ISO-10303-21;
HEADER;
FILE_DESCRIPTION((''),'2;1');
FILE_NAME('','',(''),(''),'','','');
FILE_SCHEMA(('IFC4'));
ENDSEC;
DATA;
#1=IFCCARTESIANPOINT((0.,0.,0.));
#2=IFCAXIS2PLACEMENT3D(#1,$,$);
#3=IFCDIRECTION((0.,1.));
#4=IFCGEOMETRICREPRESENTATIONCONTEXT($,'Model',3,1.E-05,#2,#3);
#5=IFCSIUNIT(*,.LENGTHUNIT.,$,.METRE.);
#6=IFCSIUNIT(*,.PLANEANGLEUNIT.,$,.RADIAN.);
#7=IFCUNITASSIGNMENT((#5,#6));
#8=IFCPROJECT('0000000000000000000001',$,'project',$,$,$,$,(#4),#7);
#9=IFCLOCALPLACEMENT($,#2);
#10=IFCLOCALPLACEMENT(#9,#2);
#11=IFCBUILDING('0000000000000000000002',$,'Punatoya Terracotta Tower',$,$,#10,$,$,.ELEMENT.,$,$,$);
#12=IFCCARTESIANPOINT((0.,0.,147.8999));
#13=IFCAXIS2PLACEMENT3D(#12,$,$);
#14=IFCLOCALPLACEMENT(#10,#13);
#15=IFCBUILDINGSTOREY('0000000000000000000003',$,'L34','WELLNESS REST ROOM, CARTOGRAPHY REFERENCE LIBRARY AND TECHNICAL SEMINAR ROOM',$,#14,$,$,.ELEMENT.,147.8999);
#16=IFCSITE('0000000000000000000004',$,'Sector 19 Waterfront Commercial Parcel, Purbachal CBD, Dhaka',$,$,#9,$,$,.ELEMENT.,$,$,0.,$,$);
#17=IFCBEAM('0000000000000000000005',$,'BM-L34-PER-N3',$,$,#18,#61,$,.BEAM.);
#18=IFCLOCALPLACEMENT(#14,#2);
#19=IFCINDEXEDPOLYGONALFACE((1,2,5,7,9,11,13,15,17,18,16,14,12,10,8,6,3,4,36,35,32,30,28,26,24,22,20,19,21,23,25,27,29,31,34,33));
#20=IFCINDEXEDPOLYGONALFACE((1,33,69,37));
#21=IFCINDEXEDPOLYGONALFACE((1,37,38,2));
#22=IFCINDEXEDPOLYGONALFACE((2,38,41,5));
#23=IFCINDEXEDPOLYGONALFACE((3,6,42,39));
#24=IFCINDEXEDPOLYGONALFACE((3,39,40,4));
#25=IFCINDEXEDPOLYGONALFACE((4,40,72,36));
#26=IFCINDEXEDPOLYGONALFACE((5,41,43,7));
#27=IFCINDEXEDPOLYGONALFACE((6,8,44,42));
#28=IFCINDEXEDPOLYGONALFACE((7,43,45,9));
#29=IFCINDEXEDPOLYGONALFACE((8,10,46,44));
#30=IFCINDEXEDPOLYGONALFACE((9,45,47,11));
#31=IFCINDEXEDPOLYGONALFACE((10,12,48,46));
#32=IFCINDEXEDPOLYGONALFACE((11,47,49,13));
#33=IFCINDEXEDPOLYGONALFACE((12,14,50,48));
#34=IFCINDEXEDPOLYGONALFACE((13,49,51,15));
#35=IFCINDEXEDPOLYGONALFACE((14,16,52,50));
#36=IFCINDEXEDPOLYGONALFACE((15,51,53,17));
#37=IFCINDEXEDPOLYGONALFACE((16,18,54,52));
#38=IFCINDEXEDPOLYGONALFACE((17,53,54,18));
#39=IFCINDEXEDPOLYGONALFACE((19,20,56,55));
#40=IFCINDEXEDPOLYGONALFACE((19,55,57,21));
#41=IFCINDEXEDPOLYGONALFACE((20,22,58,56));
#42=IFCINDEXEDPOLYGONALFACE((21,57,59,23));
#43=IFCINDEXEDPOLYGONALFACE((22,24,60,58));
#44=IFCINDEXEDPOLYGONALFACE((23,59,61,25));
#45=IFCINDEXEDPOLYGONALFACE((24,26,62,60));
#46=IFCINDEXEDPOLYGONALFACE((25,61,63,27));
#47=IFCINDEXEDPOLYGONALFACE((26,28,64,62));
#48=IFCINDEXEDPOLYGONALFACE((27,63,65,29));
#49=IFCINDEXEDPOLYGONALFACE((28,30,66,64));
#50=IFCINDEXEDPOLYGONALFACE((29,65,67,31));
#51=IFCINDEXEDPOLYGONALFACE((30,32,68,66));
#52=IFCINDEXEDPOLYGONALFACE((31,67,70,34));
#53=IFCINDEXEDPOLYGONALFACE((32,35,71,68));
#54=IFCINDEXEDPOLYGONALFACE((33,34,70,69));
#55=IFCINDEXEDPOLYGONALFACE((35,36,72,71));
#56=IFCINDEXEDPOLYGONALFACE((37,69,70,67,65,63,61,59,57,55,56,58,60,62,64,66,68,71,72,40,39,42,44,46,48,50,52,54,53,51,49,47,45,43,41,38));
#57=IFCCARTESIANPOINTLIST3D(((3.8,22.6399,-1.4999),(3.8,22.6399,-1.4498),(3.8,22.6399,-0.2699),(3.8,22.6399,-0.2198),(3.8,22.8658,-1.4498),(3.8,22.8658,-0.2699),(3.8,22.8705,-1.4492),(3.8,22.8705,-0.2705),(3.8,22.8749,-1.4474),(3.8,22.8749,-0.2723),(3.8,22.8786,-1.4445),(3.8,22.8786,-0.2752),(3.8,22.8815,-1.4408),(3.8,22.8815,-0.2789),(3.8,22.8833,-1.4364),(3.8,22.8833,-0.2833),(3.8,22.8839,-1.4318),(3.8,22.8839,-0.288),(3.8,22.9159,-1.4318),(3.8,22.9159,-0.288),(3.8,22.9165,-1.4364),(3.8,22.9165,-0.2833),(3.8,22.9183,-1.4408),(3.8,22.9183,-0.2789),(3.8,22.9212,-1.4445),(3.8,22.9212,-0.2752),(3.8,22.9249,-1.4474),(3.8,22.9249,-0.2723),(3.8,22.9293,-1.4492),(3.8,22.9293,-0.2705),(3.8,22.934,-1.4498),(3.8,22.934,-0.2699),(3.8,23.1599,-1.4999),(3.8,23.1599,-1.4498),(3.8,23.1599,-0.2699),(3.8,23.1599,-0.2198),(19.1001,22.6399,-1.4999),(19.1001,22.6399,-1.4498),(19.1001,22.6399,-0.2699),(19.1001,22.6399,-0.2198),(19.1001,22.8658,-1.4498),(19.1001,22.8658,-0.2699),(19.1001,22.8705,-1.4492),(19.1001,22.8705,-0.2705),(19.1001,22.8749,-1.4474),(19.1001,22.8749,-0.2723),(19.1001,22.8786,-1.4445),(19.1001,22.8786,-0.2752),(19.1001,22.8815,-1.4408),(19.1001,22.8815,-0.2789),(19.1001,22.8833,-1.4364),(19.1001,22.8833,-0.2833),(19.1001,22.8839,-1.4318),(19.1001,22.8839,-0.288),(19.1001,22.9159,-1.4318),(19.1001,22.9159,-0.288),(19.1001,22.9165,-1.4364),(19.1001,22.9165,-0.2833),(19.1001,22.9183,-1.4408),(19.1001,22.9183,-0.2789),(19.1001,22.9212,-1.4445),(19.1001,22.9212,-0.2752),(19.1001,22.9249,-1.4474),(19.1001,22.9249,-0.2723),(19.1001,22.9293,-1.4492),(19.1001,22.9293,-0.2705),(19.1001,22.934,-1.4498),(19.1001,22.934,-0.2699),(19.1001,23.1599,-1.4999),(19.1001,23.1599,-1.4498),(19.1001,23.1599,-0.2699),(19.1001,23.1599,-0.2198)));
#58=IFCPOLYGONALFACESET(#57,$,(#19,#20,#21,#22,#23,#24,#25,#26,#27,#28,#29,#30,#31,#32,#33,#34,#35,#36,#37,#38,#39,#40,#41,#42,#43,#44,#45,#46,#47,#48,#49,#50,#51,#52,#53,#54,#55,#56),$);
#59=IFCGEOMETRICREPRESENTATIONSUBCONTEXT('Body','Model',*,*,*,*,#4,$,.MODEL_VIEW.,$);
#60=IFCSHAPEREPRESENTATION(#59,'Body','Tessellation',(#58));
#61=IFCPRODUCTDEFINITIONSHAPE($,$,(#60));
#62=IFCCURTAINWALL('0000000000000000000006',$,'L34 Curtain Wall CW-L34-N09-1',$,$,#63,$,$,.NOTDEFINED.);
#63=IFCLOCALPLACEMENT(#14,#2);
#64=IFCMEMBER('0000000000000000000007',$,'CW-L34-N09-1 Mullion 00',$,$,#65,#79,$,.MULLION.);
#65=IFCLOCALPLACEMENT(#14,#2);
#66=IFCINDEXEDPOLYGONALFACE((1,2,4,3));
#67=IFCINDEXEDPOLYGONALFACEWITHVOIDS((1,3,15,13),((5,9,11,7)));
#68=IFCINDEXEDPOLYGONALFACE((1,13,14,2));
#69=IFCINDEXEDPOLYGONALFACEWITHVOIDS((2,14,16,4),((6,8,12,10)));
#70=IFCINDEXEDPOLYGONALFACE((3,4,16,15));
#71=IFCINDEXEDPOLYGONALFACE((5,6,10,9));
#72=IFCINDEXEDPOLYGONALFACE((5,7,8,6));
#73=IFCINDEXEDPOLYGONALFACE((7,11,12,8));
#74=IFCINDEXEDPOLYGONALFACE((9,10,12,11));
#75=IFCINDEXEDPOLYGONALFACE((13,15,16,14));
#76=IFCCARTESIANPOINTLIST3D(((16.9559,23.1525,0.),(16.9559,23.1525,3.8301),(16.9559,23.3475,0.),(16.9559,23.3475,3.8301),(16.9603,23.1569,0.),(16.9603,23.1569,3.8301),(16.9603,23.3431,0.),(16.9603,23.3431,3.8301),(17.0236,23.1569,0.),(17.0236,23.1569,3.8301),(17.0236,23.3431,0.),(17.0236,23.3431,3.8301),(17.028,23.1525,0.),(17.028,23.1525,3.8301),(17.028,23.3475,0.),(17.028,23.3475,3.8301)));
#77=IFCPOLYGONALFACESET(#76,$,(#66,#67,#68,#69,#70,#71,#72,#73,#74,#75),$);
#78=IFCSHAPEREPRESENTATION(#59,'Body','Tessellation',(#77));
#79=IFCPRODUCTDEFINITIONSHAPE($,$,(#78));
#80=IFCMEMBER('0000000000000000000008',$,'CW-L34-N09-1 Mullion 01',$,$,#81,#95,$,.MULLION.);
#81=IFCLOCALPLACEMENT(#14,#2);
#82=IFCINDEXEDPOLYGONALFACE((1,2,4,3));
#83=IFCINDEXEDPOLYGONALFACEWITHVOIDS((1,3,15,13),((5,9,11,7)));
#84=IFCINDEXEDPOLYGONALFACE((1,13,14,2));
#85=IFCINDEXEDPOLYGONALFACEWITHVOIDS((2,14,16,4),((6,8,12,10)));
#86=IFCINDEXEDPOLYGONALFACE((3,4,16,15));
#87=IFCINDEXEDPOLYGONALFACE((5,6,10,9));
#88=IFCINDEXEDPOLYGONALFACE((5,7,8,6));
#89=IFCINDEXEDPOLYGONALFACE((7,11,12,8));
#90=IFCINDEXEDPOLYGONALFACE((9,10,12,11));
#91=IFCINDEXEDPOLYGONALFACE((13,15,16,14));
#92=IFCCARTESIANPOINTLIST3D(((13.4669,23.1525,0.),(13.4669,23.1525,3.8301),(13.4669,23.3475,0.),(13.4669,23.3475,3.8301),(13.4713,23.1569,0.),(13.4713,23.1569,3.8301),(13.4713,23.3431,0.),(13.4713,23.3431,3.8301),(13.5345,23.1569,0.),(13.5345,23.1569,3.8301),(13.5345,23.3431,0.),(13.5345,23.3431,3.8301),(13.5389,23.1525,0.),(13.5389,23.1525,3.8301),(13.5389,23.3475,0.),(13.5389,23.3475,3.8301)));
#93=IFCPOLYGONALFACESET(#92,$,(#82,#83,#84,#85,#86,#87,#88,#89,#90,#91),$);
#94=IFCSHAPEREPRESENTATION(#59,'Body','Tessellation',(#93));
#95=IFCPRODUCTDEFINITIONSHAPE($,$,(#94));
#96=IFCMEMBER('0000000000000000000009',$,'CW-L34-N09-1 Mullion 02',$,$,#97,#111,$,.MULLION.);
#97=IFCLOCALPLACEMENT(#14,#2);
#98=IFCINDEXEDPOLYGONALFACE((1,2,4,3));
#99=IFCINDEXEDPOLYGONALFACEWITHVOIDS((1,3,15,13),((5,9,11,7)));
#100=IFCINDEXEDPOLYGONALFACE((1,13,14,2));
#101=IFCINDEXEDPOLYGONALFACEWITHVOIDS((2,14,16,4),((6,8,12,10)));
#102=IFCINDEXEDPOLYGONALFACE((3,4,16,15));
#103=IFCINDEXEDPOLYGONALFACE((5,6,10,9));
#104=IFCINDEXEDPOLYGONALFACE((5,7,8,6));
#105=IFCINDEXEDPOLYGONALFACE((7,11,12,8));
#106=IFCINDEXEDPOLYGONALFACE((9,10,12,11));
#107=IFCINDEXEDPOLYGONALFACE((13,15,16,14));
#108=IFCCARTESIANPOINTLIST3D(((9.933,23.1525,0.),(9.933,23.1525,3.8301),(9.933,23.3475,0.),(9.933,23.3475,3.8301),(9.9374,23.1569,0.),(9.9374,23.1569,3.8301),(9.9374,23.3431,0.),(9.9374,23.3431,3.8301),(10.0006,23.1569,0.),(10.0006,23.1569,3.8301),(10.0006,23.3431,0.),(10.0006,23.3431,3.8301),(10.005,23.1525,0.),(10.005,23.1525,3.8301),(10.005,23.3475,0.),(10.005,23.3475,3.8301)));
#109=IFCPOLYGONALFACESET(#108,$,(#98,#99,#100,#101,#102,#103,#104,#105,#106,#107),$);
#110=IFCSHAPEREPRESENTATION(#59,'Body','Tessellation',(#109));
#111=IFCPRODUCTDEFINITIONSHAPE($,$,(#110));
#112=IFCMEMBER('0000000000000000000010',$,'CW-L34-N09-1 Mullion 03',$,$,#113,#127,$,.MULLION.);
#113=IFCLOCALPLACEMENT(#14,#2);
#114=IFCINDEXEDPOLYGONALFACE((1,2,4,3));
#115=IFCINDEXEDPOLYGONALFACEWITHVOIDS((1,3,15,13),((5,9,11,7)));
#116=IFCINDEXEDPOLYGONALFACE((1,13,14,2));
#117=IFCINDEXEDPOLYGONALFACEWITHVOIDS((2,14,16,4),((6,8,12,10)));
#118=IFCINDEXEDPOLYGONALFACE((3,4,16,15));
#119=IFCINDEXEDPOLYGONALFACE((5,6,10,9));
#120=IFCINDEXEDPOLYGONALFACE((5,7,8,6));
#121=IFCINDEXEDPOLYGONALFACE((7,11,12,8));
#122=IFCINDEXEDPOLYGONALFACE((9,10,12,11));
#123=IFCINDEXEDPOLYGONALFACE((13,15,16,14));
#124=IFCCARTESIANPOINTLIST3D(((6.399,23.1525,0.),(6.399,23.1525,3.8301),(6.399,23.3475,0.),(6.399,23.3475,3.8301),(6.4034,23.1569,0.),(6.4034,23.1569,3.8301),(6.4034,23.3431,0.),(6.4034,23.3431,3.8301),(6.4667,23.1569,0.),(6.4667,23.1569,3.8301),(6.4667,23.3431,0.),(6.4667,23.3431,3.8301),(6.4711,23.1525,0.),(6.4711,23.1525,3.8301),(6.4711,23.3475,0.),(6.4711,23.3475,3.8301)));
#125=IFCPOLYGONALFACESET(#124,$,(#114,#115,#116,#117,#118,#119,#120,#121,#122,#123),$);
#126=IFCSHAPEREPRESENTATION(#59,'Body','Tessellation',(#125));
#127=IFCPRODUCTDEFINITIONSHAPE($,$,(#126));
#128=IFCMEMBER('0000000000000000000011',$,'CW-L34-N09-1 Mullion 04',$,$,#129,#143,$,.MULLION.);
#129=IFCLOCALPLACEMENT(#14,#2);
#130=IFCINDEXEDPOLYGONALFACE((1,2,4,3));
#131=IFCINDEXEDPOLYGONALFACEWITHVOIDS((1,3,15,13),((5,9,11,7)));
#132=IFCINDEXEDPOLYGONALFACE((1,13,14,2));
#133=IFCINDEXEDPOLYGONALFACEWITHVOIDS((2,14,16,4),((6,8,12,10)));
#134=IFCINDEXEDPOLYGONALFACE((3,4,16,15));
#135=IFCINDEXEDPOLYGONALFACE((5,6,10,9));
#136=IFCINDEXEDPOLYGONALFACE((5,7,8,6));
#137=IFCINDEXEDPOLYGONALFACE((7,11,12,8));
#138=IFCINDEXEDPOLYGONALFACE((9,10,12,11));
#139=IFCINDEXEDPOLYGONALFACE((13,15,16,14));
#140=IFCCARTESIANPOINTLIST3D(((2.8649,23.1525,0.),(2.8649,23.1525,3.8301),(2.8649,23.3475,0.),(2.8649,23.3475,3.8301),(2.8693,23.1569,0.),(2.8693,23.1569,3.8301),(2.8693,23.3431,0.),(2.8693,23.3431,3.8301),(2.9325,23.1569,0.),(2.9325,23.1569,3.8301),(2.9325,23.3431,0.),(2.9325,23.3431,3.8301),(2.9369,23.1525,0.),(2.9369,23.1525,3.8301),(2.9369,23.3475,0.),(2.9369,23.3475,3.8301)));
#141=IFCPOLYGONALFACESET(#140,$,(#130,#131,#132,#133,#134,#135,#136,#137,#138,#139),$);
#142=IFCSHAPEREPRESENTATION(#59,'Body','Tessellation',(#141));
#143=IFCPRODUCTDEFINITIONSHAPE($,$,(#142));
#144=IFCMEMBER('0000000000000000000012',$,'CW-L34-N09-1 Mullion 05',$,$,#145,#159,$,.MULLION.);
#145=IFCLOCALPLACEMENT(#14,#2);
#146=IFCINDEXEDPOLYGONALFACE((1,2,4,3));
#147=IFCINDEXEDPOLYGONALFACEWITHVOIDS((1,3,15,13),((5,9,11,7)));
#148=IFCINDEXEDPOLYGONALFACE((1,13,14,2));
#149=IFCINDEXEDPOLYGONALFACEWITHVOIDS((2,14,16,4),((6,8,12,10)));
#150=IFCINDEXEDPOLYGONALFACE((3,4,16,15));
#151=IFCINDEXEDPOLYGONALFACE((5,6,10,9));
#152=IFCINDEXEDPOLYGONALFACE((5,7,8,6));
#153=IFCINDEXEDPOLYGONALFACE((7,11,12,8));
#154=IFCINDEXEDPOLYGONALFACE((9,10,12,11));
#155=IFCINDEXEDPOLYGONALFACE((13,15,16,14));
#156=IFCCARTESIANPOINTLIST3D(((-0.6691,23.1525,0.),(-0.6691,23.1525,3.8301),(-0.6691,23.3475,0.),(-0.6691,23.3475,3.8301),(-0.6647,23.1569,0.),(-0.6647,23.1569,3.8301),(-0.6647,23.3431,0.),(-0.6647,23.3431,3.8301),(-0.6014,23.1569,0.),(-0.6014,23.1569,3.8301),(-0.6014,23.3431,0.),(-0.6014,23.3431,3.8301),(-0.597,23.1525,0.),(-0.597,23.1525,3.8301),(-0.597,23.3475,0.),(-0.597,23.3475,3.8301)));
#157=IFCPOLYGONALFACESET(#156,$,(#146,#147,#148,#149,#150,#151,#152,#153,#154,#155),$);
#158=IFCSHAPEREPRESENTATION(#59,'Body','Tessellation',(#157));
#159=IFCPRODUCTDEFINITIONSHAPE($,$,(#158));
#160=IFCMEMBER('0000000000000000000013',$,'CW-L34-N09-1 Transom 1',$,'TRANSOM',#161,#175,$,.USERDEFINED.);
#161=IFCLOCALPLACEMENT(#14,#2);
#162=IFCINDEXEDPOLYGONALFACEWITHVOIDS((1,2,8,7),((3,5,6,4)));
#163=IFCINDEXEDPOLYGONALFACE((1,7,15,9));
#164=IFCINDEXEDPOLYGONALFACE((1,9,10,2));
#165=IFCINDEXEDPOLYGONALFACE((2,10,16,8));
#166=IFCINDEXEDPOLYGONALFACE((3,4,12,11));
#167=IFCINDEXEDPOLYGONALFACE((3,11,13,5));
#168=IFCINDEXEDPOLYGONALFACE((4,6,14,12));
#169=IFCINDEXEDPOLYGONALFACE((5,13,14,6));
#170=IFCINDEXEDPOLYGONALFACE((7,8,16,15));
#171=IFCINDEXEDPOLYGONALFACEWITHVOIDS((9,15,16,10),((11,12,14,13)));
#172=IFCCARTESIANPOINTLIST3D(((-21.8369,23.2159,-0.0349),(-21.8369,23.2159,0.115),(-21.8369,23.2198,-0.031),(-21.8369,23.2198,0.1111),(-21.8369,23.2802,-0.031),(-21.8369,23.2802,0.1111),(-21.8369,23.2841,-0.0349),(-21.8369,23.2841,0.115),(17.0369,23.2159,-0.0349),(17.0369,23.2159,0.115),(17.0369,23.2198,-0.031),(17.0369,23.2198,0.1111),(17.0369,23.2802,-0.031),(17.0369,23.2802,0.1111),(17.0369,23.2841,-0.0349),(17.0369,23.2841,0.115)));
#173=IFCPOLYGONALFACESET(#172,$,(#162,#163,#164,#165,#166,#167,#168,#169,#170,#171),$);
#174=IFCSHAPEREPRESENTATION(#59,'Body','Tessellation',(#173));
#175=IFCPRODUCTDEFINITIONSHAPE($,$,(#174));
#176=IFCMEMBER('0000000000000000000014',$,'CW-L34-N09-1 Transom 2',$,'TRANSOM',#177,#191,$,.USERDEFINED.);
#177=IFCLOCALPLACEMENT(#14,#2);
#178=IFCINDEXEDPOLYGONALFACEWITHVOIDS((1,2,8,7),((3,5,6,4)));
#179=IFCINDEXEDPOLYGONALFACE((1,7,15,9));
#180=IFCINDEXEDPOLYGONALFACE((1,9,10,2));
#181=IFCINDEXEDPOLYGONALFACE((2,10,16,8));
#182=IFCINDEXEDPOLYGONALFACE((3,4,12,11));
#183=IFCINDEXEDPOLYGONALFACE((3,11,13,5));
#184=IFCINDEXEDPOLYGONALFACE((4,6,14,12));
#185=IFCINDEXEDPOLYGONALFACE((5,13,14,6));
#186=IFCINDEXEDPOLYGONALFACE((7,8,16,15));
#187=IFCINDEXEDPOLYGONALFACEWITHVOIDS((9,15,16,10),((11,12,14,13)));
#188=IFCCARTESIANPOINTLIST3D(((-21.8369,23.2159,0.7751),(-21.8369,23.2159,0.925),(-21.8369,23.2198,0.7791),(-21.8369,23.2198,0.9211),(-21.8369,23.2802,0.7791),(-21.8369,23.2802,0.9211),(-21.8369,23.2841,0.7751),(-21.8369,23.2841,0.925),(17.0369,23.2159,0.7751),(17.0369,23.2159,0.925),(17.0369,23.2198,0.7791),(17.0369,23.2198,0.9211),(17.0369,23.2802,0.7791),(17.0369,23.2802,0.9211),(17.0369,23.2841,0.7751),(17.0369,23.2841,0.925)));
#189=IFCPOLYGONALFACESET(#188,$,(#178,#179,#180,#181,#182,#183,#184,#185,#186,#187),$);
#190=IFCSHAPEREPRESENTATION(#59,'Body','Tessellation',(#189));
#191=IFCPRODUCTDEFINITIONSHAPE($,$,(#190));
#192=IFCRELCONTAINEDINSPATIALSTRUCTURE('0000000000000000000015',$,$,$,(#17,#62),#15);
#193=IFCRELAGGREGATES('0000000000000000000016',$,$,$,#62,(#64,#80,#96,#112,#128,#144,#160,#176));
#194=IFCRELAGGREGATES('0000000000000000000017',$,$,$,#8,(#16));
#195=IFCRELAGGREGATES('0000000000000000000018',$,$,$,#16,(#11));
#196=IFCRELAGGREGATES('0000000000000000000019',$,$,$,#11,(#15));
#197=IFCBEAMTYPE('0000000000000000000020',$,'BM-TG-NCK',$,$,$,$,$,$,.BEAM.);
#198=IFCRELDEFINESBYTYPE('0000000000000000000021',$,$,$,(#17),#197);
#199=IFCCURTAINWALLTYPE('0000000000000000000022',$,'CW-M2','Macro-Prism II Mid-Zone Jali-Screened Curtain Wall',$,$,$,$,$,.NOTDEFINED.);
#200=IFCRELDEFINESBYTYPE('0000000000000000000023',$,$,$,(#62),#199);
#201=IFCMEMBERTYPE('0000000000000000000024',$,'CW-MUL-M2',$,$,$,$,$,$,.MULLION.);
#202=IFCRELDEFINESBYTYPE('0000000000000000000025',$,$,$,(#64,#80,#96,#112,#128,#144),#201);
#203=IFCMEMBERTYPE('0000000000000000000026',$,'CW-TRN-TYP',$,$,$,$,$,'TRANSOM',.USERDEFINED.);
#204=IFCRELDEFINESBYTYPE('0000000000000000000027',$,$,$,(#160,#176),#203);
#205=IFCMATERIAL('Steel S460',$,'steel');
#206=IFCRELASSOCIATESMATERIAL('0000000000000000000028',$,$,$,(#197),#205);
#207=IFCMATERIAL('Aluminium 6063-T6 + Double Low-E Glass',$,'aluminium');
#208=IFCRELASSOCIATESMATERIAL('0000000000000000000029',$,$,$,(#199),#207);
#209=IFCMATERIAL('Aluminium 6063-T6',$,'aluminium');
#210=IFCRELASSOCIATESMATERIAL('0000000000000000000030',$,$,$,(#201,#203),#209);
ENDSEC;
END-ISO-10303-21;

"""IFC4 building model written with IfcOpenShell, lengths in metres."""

from ifc_helpers import new_model, si_unit, direction, frame, origin, origin_2d, place, context, subcontext, project, spatial, hollow_rectangle, i_section, extrude, material, material_profile, profile_set, type_object, element, aggregate, save


model = new_model("IFC4")

# Units and contexts
model_context = context("Model", 3, precision=1e-05, world=origin(), true_north=direction((0.0, 1.0)))
body_context = subcontext(model_context, "Body", "Model", "MODEL_VIEW")
ifc_project = project(units=[si_unit("LENGTHUNIT", "METRE"), si_unit("PLANEANGLEUNIT", "RADIAN")], contexts=[model_context])

# Site, building, storey
site_placement = place(None, origin())
site = spatial("IfcSite", under=ifc_project, at=site_placement, Name="Sector 19 Waterfront Commercial Parcel, Purbachal CBD, Dhaka", CompositionType="ELEMENT", RefElevation=0.0)
building_placement = place(site_placement, origin())
building = spatial("IfcBuilding", under=site, at=building_placement, Name="Punatoya Terracotta Tower", CompositionType="ELEMENT")
storey_placement = place(building_placement, frame((0.0, 0.0, 147.8999)))
storey = spatial("IfcBuildingStorey", under=building, at=storey_placement, Name="L34", Description="WELLNESS REST ROOM, CARTOGRAPHY REFERENCE LIBRARY AND TECHNICAL SEMINAR ROOM", CompositionType="ELEMENT", Elevation=147.8999)

# Shared definitions
ifc_material_1 = material(Name="Steel S460", Category="steel")

# Beam
ifc_material_profile_1 = material_profile(ifc_material_1, i_section(OverallWidth=0.52, OverallDepth=1.28, WebThickness=0.032, FlangeThickness=0.05, FilletRadius=0.0181, at=origin_2d()))
ifc_profile_set_1 = profile_set([ifc_material_profile_1], Name="Steel S460")
beam_type_1 = type_object("IfcBeamType", Name="BM-TG-NCK", PredefinedType="BEAM", material=ifc_profile_set_1)
beam_1_placement = place(storey_placement, frame((3.8, 22.8999, -0.8599), z_axis=(1.0, 0.0, 0.0), x_axis=(0.0, 1.0, 0.0)))
element("IfcBeam", 1, at=beam_1_placement, inside=storey, type_object=beam_type_1, Name="BM-L34-PER-N3", PredefinedType="BEAM", context=body_context, shape_type="SweptSolid", body=[
    extrude(i_section(OverallWidth=0.52, OverallDepth=1.28, WebThickness=0.032, FlangeThickness=0.05, FilletRadius=0.0181, at=origin_2d()), origin(), (0.0, 0.0, 1.0), 15.3),
])

# Curtain wall, members
ifc_material_2 = material(Name="Aluminium 6063-T6 + Double Low-E Glass", Category="aluminium")
curtain_wall_type = type_object("IfcCurtainWallType", Name="CW-M2", Description="Macro-Prism II Mid-Zone Jali-Screened Curtain Wall", PredefinedType="NOTDEFINED", material=ifc_material_2)
curtain_wall_placement = place(storey_placement, origin())
curtain_wall = element("IfcCurtainWall", 2, at=curtain_wall_placement, inside=storey, type_object=curtain_wall_type, Name="L34 Curtain Wall CW-L34-N09-1", PredefinedType="NOTDEFINED")
ifc_material_3 = material(Name="Aluminium 6063-T6", Category="aluminium")
ifc_material_profile_2 = material_profile(ifc_material_3, hollow_rectangle(XDim=0.072, YDim=0.1951, WallThickness=0.0044, at=origin_2d()))
ifc_profile_set_2 = profile_set([ifc_material_profile_2], Name="Aluminium 6063-T6")
member_type_1 = type_object("IfcMemberType", Name="CW-MUL-M2", PredefinedType="MULLION", material=ifc_profile_set_2)
member_1_placement = place(storey_placement, frame((16.9919, 23.25, 0.0), z_axis=(0.0, 0.0, 1.0), x_axis=(1.0, 0.0, 0.0)))
member_1 = element("IfcMember", 3, at=member_1_placement, type_object=member_type_1, Name="CW-L34-N09-1 Mullion 00", PredefinedType="MULLION", context=body_context, shape_type="SweptSolid", body=[
    extrude(hollow_rectangle(XDim=0.072, YDim=0.1951, WallThickness=0.0044, at=origin_2d()), origin(), (0.0, 0.0, 1.0), 3.8301),
])
member_2_placement = place(storey_placement, frame((13.5029, 23.25, 0.0), z_axis=(0.0, 0.0, 1.0), x_axis=(1.0, 0.0, 0.0)))
member_2 = element("IfcMember", 4, at=member_2_placement, type_object=member_type_1, Name="CW-L34-N09-1 Mullion 01", PredefinedType="MULLION", context=body_context, shape_type="SweptSolid", body=[
    extrude(hollow_rectangle(XDim=0.072, YDim=0.1951, WallThickness=0.0044, at=origin_2d()), origin(), (0.0, 0.0, 1.0), 3.8301),
])
member_3_placement = place(storey_placement, frame((9.969, 23.25, 0.0), z_axis=(0.0, 0.0, 1.0), x_axis=(1.0, 0.0, 0.0)))
member_3 = element("IfcMember", 5, at=member_3_placement, type_object=member_type_1, Name="CW-L34-N09-1 Mullion 02", PredefinedType="MULLION", context=body_context, shape_type="SweptSolid", body=[
    extrude(hollow_rectangle(XDim=0.072, YDim=0.1951, WallThickness=0.0044, at=origin_2d()), origin(), (0.0, 0.0, 1.0), 3.8301),
])
member_4_placement = place(storey_placement, frame((6.4351, 23.25, 0.0), z_axis=(0.0, 0.0, 1.0), x_axis=(1.0, 0.0, 0.0)))
member_4 = element("IfcMember", 6, at=member_4_placement, type_object=member_type_1, Name="CW-L34-N09-1 Mullion 03", PredefinedType="MULLION", context=body_context, shape_type="SweptSolid", body=[
    extrude(hollow_rectangle(XDim=0.072, YDim=0.1951, WallThickness=0.0044, at=origin_2d()), origin(), (0.0, 0.0, 1.0), 3.8301),
])
member_5_placement = place(storey_placement, frame((2.9009, 23.25, 0.0), z_axis=(0.0, 0.0, 1.0), x_axis=(1.0, 0.0, 0.0)))
member_5 = element("IfcMember", 7, at=member_5_placement, type_object=member_type_1, Name="CW-L34-N09-1 Mullion 04", PredefinedType="MULLION", context=body_context, shape_type="SweptSolid", body=[
    extrude(hollow_rectangle(XDim=0.072, YDim=0.1951, WallThickness=0.0044, at=origin_2d()), origin(), (0.0, 0.0, 1.0), 3.8301),
])
member_6_placement = place(storey_placement, frame((-0.6331, 23.25, 0.0), z_axis=(0.0, 0.0, 1.0), x_axis=(1.0, 0.0, 0.0)))
member_6 = element("IfcMember", 8, at=member_6_placement, type_object=member_type_1, Name="CW-L34-N09-1 Mullion 05", PredefinedType="MULLION", context=body_context, shape_type="SweptSolid", body=[
    extrude(hollow_rectangle(XDim=0.072, YDim=0.1951, WallThickness=0.0044, at=origin_2d()), origin(), (0.0, 0.0, 1.0), 3.8301),
])
ifc_material_profile_3 = material_profile(ifc_material_3, hollow_rectangle(XDim=0.0681, YDim=0.1499, WallThickness=0.0039, at=origin_2d()))
ifc_profile_set_3 = profile_set([ifc_material_profile_3], Name="Aluminium 6063-T6")
member_type_2 = type_object("IfcMemberType", Name="CW-TRN-TYP", ElementType="TRANSOM", PredefinedType="USERDEFINED", material=ifc_profile_set_3)
member_7_placement = place(storey_placement, frame((17.0369, 23.25, 0.04), z_axis=(-1.0, 0.0, 0.0), x_axis=(0.0, -1.0, 0.0)))
member_7 = element("IfcMember", 9, at=member_7_placement, type_object=member_type_2, Name="CW-L34-N09-1 Transom 1", ObjectType="TRANSOM", PredefinedType="USERDEFINED", context=body_context, shape_type="SweptSolid", body=[
    extrude(hollow_rectangle(XDim=0.0681, YDim=0.1499, WallThickness=0.0039, at=origin_2d()), origin(), (0.0, 0.0, 1.0), 38.8738),
])
member_8_placement = place(storey_placement, frame((17.0369, 23.25, 0.8501), z_axis=(-1.0, 0.0, 0.0), x_axis=(0.0, -1.0, 0.0)))
member_8 = element("IfcMember", 10, at=member_8_placement, type_object=member_type_2, Name="CW-L34-N09-1 Transom 2", ObjectType="TRANSOM", PredefinedType="USERDEFINED", context=body_context, shape_type="SweptSolid", body=[
    extrude(hollow_rectangle(XDim=0.0681, YDim=0.1499, WallThickness=0.0039, at=origin_2d()), origin(), (0.0, 0.0, 1.0), 38.8738),
])
aggregate(curtain_wall, [member_1, member_2, member_3, member_4, member_5, member_6, member_7, member_8])

save(model, "model.ifc")
